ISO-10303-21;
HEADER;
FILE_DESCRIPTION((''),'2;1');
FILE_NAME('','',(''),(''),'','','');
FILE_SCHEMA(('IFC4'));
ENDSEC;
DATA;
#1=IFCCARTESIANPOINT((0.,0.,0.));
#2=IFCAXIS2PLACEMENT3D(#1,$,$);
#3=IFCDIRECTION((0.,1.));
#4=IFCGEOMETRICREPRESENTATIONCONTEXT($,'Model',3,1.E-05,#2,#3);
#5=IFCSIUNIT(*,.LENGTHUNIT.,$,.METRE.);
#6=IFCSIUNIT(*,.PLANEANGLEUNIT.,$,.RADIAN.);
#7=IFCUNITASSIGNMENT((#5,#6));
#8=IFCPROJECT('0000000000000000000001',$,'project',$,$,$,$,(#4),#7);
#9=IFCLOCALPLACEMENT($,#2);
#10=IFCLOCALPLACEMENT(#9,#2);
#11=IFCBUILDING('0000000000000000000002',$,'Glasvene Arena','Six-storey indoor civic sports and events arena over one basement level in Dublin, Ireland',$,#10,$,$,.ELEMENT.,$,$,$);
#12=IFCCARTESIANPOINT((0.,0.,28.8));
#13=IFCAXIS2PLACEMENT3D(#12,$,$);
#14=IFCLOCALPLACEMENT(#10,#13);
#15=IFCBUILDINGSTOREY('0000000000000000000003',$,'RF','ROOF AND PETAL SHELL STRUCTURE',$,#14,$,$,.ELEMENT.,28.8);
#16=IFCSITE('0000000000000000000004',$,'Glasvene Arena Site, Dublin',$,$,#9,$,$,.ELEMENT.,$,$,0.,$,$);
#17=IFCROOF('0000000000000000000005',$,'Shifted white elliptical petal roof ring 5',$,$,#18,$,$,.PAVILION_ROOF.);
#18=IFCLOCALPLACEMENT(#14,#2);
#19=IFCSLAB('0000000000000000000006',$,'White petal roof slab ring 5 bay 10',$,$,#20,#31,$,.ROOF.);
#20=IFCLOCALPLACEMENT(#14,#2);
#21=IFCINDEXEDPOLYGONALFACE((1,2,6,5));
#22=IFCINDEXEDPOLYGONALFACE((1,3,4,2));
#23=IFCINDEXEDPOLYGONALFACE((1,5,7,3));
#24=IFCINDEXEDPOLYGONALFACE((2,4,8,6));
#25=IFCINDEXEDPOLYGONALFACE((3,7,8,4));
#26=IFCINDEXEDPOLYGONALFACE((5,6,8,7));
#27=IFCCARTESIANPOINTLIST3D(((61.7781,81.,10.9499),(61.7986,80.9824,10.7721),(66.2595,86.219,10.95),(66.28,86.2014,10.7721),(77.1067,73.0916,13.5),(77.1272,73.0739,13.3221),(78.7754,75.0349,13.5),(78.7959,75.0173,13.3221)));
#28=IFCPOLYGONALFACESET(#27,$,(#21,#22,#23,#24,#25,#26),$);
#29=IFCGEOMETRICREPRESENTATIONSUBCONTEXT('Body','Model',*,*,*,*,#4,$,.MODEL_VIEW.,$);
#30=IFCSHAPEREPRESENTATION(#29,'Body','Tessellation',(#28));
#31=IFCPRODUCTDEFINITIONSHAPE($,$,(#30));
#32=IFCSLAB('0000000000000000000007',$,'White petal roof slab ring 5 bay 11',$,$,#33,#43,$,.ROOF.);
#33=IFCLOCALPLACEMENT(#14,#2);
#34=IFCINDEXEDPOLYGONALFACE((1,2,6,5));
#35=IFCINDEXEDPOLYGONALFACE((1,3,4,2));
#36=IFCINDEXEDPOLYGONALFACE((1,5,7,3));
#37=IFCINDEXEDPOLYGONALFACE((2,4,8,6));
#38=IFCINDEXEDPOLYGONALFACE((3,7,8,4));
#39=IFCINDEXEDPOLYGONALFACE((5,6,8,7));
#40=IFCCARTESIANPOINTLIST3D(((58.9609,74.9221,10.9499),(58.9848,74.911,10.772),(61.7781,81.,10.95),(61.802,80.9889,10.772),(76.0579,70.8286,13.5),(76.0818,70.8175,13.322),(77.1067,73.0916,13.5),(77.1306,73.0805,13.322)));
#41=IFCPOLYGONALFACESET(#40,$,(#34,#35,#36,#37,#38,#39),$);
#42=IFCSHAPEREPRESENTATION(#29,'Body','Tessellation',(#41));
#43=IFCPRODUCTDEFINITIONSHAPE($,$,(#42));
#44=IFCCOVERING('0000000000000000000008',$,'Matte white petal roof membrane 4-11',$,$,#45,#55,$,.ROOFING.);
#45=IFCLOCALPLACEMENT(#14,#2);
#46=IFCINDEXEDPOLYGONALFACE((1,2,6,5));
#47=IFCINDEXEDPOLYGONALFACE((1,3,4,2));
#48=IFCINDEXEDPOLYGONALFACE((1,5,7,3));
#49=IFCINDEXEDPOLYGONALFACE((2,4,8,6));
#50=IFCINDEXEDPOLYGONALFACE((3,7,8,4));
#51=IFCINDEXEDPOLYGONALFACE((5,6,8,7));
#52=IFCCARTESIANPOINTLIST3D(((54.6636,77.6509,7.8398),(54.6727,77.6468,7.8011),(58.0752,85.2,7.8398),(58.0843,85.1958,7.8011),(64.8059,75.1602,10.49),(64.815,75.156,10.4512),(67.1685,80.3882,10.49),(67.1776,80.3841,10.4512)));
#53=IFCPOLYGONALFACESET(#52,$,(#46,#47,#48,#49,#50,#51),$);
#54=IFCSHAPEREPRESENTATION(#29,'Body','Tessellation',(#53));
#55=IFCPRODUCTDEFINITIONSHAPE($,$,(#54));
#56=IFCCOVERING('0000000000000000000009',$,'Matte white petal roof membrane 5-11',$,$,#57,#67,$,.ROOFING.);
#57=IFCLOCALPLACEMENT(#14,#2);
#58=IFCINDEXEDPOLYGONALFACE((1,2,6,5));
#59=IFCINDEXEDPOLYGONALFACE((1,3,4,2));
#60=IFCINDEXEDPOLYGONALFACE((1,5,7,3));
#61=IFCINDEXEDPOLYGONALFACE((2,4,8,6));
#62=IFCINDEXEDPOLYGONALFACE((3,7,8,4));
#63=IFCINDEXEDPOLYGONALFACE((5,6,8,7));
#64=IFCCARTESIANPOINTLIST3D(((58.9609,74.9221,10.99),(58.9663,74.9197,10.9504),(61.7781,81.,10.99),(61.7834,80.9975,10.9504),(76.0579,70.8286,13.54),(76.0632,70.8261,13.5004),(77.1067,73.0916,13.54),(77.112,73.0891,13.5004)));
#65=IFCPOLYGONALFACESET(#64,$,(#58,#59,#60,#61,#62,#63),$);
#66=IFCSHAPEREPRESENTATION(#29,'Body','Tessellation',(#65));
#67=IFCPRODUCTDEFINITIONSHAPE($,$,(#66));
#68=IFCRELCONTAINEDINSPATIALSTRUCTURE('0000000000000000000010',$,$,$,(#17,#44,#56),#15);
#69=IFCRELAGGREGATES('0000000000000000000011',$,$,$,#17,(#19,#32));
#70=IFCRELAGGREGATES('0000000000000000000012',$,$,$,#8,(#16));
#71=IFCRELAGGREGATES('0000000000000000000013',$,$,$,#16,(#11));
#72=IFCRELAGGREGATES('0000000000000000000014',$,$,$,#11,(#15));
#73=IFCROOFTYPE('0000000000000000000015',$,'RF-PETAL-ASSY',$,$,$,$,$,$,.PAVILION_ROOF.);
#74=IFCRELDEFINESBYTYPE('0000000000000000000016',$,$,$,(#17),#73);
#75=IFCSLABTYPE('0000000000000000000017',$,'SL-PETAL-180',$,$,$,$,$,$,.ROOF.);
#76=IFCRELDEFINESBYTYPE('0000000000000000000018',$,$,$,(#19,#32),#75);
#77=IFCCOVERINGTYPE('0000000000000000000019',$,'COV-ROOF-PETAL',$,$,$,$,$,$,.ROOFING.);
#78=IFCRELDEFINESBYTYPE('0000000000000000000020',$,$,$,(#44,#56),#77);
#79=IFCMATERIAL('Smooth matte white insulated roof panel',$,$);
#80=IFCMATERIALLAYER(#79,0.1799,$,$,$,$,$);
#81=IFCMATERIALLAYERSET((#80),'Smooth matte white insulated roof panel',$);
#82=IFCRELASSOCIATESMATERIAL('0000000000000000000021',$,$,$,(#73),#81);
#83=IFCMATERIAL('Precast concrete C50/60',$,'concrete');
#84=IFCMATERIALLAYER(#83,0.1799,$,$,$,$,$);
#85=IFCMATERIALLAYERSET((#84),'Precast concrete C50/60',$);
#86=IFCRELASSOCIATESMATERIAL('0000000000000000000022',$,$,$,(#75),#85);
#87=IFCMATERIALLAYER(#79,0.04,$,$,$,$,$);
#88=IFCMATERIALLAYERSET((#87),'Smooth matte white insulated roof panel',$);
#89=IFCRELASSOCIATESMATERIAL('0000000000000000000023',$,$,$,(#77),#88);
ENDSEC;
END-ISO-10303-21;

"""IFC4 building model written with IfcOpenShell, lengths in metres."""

from ifc_helpers import new_model, si_unit, direction, frame, origin, place, context, subcontext, project, spatial, polyline, outline, extrude, material, layer, layer_set, type_object, element, aggregate, save


model = new_model("IFC4")

# Units and contexts
model_context = context("Model", 3, precision=1e-05, world=origin(), true_north=direction((0.0, 1.0)))
body_context = subcontext(model_context, "Body", "Model", "MODEL_VIEW")
ifc_project = project(units=[si_unit("LENGTHUNIT", "METRE"), si_unit("PLANEANGLEUNIT", "RADIAN")], contexts=[model_context])

# Site, building, storey
site_placement = place(None, origin())
site = spatial("IfcSite", under=ifc_project, at=site_placement, Name="Glasvene Arena Site, Dublin", CompositionType="ELEMENT", RefElevation=0.0)
building_placement = place(site_placement, origin())
building = spatial("IfcBuilding", under=site, at=building_placement, Name="Glasvene Arena", Description="Six-storey indoor civic sports and events arena over one basement level in Dublin, Ireland", CompositionType="ELEMENT")
storey_placement = place(building_placement, frame((0.0, 0.0, 28.8)))
storey = spatial("IfcBuildingStorey", under=building, at=storey_placement, Name="RF", Description="ROOF AND PETAL SHELL STRUCTURE", CompositionType="ELEMENT", Elevation=28.8)

# Shared definitions
ifc_material_1 = material(Name="Smooth matte white insulated roof panel")
ifc_layer_1 = layer(ifc_material_1, 0.1799)
ifc_layer_set_1 = layer_set([ifc_layer_1], Name="Smooth matte white insulated roof panel")
roof_type = type_object("IfcRoofType", Name="RF-PETAL-ASSY", PredefinedType="PAVILION_ROOF", material=ifc_layer_set_1)
ifc_material_2 = material(Name="Precast concrete C50/60", Category="concrete")
ifc_layer_2 = layer(ifc_material_2, 0.1799)
ifc_layer_set_2 = layer_set([ifc_layer_2], Name="Precast concrete C50/60")
slab_type = type_object("IfcSlabType", Name="SL-PETAL-180", PredefinedType="ROOF", material=ifc_layer_set_2)

# Roof, slabs
roof_1_placement = place(storey_placement, frame((86.2, 68.3999, 10.95)))
roof_1 = element("IfcRoof", 1, at=roof_1_placement, inside=storey, type_object=roof_type, Name="Shifted white elliptical petal roof ring 5", PredefinedType="PAVILION_ROOF")
slab_1_placement = place(storey_placement, frame((66.2595, 86.219, 10.95), z_axis=(-0.113977, 0.09787, 0.988651), x_axis=(-0.651463, -0.75868, 0.0)))
slab_1 = element("IfcSlab", 2, at=slab_1_placement, type_object=slab_type, Name="White petal roof slab ring 5 bay 10", PredefinedType="ROOF", context=body_context, shape_type="SweptSolid", body=[
    extrude(outline(polyline([(0.0, 0.0), (6.879, 0.0), (2.893, 16.9742), (0.3315, 16.9742), (0.0, 0.0)])), origin(), (0.0, 0.0, -1.0), 0.1799),
])
slab_2_placement = place(storey_placement, frame((61.7781, 81.0, 10.95), z_axis=(-0.132808, 0.061556, 0.989228), x_axis=(-0.42053, -0.907279, -0.000001)))
slab_2 = element("IfcSlab", 3, at=slab_2_placement, type_object=slab_type, Name="White petal roof slab ring 5 bay 11", PredefinedType="ROOF", context=body_context, shape_type="SweptSolid", body=[
    extrude(outline(polyline([(0.0, 0.0), (6.699, 0.0), (3.2232, 17.4208), (0.729, 17.4207), (0.0, 0.0)])), origin(), (0.0, 0.0, -1.0), 0.1799),
])
aggregate(roof_1, [slab_1, slab_2])

# Coverings
ifc_layer_3 = layer(ifc_material_1, 0.04)
ifc_layer_set_3 = layer_set([ifc_layer_3], Name="Smooth matte white insulated roof panel")
covering_type = type_object("IfcCoveringType", Name="COV-ROOF-PETAL", PredefinedType="ROOFING", material=ifc_layer_set_3)
covering_1_placement = place(storey_placement, frame((58.0752, 85.2, 7.8398), z_axis=(-0.227733, 0.102916, 0.96827), x_axis=(-0.411823, -0.911264, -0.000002)))
element("IfcCovering", 4, at=covering_1_placement, inside=storey, type_object=covering_type, Name="Matte white petal roof membrane 4-11", PredefinedType="ROOFING", context=body_context, shape_type="SweptSolid", body=[
    extrude(outline(polyline([(0.0, 0.0), (8.2842, 0.0), (6.377, 10.6046), (0.64, 10.6044), (0.0, 0.0)])), origin(), (0.0, 0.0, -1.0), 0.04),
])
covering_2_placement = place(storey_placement, frame((61.7781, 81.0, 10.99), z_axis=(-0.132808, 0.061556, 0.989228), x_axis=(-0.42053, -0.907279, -0.000001)))
element("IfcCovering", 5, at=covering_2_placement, inside=storey, type_object=covering_type, Name="Matte white petal roof membrane 5-11", PredefinedType="ROOFING", context=body_context, shape_type="SweptSolid", body=[
    extrude(outline(polyline([(0.0, 0.0), (6.699, 0.0), (3.2232, 17.4208), (0.729, 17.4207), (0.0, 0.0)])), origin(), (0.0, 0.0, -1.0), 0.04),
])

save(model, "model.ifc")
